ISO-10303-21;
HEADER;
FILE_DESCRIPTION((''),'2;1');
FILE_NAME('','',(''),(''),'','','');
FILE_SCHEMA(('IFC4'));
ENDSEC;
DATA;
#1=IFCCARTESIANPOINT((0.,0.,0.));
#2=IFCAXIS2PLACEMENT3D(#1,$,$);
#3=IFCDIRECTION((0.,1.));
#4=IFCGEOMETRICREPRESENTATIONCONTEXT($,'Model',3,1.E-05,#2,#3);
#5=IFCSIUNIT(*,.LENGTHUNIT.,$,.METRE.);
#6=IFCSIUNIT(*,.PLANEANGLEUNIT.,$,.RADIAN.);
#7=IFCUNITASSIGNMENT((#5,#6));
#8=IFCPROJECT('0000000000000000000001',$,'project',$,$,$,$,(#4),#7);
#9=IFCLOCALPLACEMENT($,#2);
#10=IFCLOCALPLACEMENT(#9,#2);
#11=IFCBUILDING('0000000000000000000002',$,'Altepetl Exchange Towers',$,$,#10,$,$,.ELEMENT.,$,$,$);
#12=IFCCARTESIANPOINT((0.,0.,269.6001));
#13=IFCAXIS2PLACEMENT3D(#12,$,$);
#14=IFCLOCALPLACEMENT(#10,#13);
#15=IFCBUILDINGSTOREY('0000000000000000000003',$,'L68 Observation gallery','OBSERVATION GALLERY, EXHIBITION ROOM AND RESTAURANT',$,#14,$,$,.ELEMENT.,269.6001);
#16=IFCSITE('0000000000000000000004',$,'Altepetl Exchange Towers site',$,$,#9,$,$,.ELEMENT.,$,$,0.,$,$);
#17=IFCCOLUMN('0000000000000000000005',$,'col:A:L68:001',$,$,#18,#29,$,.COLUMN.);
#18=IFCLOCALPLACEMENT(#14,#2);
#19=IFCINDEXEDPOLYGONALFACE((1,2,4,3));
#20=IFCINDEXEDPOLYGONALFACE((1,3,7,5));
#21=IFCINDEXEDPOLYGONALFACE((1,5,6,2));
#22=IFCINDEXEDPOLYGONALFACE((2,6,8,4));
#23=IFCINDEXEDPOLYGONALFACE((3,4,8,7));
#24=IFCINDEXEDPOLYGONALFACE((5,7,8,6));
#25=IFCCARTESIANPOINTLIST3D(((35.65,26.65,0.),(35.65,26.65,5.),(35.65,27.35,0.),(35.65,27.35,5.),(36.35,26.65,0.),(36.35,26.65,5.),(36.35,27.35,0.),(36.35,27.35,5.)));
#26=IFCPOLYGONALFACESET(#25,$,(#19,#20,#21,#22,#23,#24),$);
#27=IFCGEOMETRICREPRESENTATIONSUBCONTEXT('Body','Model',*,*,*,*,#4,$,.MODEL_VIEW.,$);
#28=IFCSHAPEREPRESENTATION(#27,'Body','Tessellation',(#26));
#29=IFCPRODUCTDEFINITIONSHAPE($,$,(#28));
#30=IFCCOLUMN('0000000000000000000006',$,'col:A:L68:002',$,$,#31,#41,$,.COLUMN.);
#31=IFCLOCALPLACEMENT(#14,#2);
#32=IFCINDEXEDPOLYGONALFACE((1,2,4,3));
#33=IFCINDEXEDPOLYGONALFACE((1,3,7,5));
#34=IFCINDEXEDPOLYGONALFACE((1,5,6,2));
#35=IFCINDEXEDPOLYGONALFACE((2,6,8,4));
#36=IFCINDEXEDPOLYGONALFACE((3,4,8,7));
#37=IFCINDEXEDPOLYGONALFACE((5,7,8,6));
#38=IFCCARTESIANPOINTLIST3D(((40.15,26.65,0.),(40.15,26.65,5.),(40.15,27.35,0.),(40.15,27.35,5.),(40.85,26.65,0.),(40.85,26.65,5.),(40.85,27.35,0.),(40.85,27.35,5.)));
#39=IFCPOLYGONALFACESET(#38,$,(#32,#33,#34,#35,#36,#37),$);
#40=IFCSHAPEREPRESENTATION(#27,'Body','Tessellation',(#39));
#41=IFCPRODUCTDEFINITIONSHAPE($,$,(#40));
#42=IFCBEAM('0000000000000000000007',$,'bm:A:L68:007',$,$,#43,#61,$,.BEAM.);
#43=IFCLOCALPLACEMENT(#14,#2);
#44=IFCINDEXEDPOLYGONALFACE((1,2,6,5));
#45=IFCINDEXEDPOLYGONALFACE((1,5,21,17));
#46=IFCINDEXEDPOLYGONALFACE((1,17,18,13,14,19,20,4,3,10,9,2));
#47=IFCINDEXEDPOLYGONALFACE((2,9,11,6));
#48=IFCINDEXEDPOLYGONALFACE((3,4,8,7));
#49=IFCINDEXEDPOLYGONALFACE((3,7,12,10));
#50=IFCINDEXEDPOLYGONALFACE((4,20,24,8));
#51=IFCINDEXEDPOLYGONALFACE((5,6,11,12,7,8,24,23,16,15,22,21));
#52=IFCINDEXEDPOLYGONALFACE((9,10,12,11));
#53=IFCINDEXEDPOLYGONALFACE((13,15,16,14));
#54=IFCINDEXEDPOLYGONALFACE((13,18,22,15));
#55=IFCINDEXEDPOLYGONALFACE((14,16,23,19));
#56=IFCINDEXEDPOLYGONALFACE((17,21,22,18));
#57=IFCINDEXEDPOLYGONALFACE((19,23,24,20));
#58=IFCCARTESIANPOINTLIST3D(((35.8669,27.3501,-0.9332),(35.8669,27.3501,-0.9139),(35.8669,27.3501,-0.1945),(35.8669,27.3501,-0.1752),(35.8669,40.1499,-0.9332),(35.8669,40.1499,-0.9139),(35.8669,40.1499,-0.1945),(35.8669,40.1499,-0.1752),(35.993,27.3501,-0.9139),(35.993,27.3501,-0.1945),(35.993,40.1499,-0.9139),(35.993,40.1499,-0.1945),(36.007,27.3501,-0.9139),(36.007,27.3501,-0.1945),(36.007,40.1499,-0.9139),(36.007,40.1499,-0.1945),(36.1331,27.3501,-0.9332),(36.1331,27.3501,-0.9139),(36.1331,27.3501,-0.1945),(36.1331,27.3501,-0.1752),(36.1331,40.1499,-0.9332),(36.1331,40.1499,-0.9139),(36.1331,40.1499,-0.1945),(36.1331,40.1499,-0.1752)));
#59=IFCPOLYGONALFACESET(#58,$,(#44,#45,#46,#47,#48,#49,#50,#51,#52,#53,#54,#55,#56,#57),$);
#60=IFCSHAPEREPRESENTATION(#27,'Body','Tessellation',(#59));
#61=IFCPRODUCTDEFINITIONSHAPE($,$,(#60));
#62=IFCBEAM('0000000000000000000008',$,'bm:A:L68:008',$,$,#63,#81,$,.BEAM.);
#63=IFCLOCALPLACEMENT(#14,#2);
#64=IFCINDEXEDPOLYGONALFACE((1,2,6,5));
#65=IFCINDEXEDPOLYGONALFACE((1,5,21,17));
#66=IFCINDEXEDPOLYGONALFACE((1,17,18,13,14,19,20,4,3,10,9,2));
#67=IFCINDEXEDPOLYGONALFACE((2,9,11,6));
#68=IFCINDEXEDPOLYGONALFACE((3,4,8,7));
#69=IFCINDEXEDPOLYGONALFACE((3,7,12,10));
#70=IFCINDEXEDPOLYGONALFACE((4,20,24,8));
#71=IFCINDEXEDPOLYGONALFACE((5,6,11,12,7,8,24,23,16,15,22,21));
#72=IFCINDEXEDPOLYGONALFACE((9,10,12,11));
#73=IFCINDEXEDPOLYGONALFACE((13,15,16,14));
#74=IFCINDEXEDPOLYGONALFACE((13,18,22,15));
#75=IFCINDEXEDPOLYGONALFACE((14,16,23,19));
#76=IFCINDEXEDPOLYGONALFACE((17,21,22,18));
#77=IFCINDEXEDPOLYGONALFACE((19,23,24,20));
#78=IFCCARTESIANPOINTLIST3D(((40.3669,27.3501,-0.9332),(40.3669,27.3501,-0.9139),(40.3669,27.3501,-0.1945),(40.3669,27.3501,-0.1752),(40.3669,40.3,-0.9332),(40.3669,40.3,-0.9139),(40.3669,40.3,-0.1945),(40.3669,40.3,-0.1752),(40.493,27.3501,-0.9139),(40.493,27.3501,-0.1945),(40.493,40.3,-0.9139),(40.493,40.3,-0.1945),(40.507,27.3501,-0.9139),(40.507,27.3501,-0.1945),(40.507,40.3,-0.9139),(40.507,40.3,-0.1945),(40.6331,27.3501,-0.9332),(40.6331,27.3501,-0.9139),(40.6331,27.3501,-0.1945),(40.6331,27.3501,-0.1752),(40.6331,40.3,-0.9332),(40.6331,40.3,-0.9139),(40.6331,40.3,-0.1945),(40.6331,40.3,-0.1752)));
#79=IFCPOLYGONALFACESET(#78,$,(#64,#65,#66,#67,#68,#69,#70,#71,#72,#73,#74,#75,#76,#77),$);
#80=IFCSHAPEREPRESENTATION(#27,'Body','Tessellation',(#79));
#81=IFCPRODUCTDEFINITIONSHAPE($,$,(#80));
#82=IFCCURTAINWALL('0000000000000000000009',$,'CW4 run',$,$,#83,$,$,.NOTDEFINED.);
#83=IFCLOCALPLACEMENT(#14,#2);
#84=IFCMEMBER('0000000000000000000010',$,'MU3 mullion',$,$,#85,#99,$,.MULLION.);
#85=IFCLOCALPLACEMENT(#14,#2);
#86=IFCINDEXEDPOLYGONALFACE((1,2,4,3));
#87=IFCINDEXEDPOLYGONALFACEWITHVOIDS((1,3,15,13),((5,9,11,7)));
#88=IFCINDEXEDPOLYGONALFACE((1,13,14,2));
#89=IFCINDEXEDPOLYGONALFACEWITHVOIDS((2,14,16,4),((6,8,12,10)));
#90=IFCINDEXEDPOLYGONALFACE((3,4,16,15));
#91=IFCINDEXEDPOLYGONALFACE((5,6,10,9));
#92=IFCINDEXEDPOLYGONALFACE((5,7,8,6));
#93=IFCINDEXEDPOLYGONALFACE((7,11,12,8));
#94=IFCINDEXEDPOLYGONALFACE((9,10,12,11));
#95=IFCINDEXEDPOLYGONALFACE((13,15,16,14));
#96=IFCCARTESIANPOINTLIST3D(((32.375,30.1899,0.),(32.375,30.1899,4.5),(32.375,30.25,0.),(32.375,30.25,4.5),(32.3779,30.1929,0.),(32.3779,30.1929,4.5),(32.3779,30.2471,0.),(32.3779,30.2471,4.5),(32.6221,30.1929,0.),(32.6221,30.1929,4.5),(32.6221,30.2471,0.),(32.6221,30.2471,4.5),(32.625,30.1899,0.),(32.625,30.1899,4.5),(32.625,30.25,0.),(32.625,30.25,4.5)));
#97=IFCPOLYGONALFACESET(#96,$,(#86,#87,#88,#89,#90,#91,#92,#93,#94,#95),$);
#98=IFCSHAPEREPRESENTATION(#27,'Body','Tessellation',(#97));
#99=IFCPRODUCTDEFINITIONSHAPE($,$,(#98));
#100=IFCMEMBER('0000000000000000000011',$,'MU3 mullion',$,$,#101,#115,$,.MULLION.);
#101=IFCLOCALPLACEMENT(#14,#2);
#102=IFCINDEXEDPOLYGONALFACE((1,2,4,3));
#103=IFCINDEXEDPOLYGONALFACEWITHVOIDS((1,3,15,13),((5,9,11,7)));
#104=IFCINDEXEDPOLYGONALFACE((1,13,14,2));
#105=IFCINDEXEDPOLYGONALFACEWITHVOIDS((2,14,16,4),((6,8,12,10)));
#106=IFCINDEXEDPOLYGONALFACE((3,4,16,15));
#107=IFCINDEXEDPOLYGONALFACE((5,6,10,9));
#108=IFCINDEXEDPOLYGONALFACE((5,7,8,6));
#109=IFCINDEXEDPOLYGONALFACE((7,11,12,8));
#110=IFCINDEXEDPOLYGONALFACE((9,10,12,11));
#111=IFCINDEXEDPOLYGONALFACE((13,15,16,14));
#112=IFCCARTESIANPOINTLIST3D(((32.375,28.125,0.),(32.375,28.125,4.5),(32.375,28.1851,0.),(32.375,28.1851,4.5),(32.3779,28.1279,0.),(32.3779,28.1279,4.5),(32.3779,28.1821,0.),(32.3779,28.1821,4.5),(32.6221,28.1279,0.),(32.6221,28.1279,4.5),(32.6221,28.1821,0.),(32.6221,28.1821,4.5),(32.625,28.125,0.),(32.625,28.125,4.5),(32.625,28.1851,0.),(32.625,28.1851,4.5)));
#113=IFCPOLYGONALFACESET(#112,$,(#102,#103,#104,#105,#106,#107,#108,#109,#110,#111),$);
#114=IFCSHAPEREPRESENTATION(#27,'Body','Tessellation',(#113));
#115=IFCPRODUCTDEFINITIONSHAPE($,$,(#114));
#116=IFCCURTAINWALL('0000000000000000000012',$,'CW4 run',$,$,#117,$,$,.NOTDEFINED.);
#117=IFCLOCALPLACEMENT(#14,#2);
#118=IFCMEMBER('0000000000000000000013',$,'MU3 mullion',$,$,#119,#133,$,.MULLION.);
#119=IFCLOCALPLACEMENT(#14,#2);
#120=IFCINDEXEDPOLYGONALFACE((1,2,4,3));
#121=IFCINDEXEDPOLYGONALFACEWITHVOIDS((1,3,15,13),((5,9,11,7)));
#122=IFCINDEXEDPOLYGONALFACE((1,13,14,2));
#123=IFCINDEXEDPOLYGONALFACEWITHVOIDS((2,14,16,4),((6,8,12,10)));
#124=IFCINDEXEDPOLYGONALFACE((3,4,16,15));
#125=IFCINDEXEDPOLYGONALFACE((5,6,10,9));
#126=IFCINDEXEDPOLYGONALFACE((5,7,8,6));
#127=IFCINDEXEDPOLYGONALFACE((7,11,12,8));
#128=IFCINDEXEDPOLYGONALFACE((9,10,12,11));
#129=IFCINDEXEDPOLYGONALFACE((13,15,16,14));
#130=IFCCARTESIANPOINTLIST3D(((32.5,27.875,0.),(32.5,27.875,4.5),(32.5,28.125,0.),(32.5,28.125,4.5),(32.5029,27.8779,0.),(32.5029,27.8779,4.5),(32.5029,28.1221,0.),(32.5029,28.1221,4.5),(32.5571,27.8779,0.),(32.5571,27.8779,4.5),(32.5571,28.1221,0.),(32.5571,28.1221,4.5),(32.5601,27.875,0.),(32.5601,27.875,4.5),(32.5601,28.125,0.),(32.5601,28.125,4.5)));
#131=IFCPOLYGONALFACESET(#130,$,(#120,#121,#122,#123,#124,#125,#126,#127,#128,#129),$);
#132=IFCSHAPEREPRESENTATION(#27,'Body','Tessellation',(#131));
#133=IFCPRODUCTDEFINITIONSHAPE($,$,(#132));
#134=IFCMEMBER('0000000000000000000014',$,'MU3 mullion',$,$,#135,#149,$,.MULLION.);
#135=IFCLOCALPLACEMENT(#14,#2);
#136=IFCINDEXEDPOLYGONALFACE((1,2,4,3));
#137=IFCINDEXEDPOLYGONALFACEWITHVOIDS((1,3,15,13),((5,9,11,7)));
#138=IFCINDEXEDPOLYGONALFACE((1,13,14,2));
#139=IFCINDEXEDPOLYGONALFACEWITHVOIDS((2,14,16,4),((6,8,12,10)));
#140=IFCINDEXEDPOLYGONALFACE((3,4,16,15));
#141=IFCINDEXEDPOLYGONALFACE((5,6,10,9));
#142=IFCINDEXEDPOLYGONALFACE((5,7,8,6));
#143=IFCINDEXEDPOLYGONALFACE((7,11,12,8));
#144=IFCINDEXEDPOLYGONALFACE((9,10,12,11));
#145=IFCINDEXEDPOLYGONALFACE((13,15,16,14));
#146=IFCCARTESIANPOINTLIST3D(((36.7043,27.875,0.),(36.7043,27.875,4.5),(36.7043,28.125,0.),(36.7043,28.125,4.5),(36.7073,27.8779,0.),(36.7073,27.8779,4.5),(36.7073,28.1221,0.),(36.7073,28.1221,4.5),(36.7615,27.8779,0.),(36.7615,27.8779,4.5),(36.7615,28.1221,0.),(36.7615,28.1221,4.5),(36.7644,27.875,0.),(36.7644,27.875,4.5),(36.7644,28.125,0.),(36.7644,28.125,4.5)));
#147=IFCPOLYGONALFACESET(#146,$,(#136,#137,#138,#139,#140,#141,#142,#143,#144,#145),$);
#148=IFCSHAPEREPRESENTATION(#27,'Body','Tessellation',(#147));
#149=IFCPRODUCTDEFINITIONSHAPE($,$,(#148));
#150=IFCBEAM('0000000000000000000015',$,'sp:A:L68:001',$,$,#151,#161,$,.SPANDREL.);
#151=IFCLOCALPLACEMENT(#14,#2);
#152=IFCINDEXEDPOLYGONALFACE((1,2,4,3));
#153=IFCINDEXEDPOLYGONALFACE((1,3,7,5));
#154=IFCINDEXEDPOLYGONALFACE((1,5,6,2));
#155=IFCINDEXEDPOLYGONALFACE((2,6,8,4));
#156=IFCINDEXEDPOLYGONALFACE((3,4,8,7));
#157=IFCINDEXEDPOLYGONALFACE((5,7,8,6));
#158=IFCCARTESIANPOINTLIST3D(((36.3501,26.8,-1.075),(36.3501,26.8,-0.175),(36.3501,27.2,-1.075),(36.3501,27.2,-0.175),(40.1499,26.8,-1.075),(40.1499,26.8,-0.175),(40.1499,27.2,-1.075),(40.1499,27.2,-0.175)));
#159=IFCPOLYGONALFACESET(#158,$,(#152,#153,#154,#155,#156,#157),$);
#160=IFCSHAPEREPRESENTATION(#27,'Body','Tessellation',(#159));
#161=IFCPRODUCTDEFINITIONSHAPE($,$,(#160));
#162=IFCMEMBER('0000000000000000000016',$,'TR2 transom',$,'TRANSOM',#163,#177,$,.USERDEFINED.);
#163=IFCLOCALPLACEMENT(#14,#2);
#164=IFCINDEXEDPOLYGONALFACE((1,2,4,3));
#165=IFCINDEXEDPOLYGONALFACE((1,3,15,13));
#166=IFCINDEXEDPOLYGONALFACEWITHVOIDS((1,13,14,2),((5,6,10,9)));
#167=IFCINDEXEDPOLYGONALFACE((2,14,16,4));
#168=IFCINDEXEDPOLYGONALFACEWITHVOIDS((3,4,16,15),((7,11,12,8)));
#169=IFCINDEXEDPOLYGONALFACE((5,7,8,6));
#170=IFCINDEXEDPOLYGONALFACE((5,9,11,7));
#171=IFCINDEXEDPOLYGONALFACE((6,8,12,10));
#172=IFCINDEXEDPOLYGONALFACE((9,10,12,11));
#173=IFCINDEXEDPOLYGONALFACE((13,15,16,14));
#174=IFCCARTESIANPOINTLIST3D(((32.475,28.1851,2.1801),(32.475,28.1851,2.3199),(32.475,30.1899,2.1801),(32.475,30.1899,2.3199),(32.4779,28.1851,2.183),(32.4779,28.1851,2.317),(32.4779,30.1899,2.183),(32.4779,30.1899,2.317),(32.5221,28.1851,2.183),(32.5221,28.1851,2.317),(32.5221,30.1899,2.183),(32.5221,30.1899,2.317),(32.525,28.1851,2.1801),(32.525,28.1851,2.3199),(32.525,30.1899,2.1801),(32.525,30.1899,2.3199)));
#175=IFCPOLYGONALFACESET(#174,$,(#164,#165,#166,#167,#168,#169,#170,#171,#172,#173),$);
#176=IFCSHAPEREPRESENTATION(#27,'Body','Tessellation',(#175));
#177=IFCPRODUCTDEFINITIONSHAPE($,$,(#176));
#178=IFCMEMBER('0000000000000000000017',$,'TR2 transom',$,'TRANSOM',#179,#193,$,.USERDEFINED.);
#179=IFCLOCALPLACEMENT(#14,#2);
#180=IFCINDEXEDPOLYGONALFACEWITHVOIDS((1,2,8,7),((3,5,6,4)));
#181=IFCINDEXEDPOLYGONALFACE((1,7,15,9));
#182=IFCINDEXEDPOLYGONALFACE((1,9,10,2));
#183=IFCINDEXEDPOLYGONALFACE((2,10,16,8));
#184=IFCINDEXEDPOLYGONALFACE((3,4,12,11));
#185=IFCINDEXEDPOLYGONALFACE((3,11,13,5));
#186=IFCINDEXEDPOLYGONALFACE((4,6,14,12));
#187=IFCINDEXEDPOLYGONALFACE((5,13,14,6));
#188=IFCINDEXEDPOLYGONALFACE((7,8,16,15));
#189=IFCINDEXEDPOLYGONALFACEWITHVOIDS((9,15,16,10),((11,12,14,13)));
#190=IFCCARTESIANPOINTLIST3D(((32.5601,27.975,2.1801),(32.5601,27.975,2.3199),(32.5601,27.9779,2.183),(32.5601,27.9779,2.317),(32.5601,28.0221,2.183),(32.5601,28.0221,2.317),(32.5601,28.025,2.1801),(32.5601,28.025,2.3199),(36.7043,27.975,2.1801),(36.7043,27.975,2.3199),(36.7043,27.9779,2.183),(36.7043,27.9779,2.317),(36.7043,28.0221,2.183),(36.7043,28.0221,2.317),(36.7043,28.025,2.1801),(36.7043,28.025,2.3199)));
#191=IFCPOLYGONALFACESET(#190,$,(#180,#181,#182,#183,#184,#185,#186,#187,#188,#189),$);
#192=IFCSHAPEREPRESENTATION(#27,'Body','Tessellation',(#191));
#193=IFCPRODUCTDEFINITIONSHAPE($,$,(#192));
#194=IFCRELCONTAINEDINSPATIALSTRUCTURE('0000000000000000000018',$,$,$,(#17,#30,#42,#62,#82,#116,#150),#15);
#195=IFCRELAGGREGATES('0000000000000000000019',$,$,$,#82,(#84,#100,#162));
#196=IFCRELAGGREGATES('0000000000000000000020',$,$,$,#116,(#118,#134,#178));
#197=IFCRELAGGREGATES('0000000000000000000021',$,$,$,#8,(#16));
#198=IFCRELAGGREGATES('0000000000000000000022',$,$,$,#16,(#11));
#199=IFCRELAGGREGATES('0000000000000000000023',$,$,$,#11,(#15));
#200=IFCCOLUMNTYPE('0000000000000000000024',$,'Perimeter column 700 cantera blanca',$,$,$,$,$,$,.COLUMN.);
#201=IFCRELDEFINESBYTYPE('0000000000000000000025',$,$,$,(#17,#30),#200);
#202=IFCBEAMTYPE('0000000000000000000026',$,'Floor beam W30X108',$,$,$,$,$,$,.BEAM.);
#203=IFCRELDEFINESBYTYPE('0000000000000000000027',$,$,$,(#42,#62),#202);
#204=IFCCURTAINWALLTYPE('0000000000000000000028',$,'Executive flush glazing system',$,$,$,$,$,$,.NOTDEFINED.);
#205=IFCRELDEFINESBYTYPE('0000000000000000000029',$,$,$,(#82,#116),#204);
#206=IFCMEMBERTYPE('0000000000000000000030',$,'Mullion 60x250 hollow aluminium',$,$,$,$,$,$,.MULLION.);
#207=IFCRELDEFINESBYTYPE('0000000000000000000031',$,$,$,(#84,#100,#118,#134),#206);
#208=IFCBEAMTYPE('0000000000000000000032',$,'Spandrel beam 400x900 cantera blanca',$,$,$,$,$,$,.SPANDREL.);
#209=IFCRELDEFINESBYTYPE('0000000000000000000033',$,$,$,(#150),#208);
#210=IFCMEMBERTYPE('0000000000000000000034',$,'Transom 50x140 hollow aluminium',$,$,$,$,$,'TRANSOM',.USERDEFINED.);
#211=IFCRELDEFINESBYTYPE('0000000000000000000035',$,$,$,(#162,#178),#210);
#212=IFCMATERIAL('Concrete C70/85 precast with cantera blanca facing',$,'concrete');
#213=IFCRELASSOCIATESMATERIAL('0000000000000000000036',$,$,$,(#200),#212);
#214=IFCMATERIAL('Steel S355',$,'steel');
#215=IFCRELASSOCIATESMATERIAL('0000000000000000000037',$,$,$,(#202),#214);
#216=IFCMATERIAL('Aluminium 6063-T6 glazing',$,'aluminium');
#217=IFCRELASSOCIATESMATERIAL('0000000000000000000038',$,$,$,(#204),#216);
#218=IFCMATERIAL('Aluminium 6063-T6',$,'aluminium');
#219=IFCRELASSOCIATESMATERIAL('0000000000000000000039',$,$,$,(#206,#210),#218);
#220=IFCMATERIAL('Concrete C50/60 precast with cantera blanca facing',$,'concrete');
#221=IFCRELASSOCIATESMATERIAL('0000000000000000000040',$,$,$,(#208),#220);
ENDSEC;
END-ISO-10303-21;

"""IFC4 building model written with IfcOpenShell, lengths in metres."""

from ifc_helpers import new_model, si_unit, direction, frame, origin, origin_2d, place, context, subcontext, project, spatial, rectangle, hollow_rectangle, i_section, extrude, material, material_profile, profile_set, type_object, element, aggregate, save


model = new_model("IFC4")

# Units and contexts
model_context = context("Model", 3, precision=1e-05, world=origin(), true_north=direction((0.0, 1.0)))
body_context = subcontext(model_context, "Body", "Model", "MODEL_VIEW")
ifc_project = project(units=[si_unit("LENGTHUNIT", "METRE"), si_unit("PLANEANGLEUNIT", "RADIAN")], contexts=[model_context])

# Site, building, storey
site_placement = place(None, origin())
site = spatial("IfcSite", under=ifc_project, at=site_placement, Name="Altepetl Exchange Towers site", CompositionType="ELEMENT", RefElevation=0.0)
building_placement = place(site_placement, origin())
building = spatial("IfcBuilding", under=site, at=building_placement, Name="Altepetl Exchange Towers", CompositionType="ELEMENT")
storey_placement = place(building_placement, frame((0.0, 0.0, 269.6001)))
storey = spatial("IfcBuildingStorey", under=building, at=storey_placement, Name="L68 Observation gallery", Description="OBSERVATION GALLERY, EXHIBITION ROOM AND RESTAURANT", CompositionType="ELEMENT", Elevation=269.6001)

# Columns
ifc_material_1 = material(Name="Concrete C70/85 precast with cantera blanca facing", Category="concrete")
ifc_material_profile_1 = material_profile(ifc_material_1, rectangle(XDim=0.7, YDim=0.7, at=origin_2d()), Name="700 x 700")
ifc_profile_set_1 = profile_set([ifc_material_profile_1], Name="Concrete C70/85 precast with cantera blanca facing")
column_type = type_object("IfcColumnType", Name="Perimeter column 700 cantera blanca", PredefinedType="COLUMN", material=ifc_profile_set_1)
for number, where, name in (
    (1, (36.0, 27.0, 0.0), "col:A:L68:001"),
    (2, (40.5, 27.0, 0.0), "col:A:L68:002"),
):
    element("IfcColumn", number, at=place(storey_placement, frame(where)), inside=storey, type_object=column_type, Name=name, PredefinedType="COLUMN", context=body_context, shape_type="SweptSolid", body=[
        extrude(rectangle(XDim=0.7, YDim=0.7, at=origin_2d()), origin(), (0.0, 0.0, 1.0), 5.0),
    ])

# Beams
ifc_material_2 = material(Name="Steel S355", Category="steel")
ifc_material_profile_2 = material_profile(ifc_material_2, i_section(OverallWidth=0.2661, OverallDepth=0.7581, WebThickness=0.0139, FlangeThickness=0.0193, at=origin_2d()), Name="W30X108")
ifc_profile_set_2 = profile_set([ifc_material_profile_2], Name="Steel S355")
beam_type_1 = type_object("IfcBeamType", Name="Floor beam W30X108", PredefinedType="BEAM", material=ifc_profile_set_2)
beam_1_placement = place(storey_placement, frame((36.0, 27.3501, -0.5542), z_axis=(0.0, 1.0, 0.0), x_axis=(-1.0, 0.0, 0.0)))
element("IfcBeam", 3, at=beam_1_placement, inside=storey, type_object=beam_type_1, Name="bm:A:L68:007", PredefinedType="BEAM", context=body_context, shape_type="SweptSolid", body=[
    extrude(i_section(OverallWidth=0.2661, OverallDepth=0.7581, WebThickness=0.0139, FlangeThickness=0.0193, at=origin_2d()), origin(), (0.0, 0.0, 1.0), 12.7998),
])
beam_2_placement = place(storey_placement, frame((40.5, 27.3501, -0.5542), z_axis=(0.0, 1.0, 0.0), x_axis=(-1.0, 0.0, 0.0)))
element("IfcBeam", 4, at=beam_2_placement, inside=storey, type_object=beam_type_1, Name="bm:A:L68:008", PredefinedType="BEAM", context=body_context, shape_type="SweptSolid", body=[
    extrude(i_section(OverallWidth=0.2661, OverallDepth=0.7581, WebThickness=0.0139, FlangeThickness=0.0193, at=origin_2d()), origin(), (0.0, 0.0, 1.0), 12.95),
])

# Curtain walls, members
ifc_material_3 = material(Name="Aluminium 6063-T6 glazing", Category="aluminium")
curtain_wall_type = type_object("IfcCurtainWallType", Name="Executive flush glazing system", PredefinedType="NOTDEFINED", material=ifc_material_3)
curtain_wall_1_placement = place(storey_placement, origin())
curtain_wall_1 = element("IfcCurtainWall", 5, at=curtain_wall_1_placement, inside=storey, type_object=curtain_wall_type, Name="CW4 run", PredefinedType="NOTDEFINED")
ifc_material_4 = material(Name="Aluminium 6063-T6", Category="aluminium")
ifc_material_profile_3 = material_profile(ifc_material_4, hollow_rectangle(XDim=0.0601, YDim=0.25, WallThickness=0.0029, at=origin_2d()), Name="Mullion 60x250 hollow aluminium")
ifc_profile_set_3 = profile_set([ifc_material_profile_3], Name="Aluminium 6063-T6")
member_type_1 = type_object("IfcMemberType", Name="Mullion 60x250 hollow aluminium", PredefinedType="MULLION", material=ifc_profile_set_3)
member_1_placement = place(storey_placement, frame((32.5, 30.22, 0.0), z_axis=(0.0, 0.0, 1.0), x_axis=(0.0, -1.0, 0.0)))
member_1 = element("IfcMember", 6, at=member_1_placement, type_object=member_type_1, Name="MU3 mullion", PredefinedType="MULLION", context=body_context, shape_type="SweptSolid", body=[
    extrude(hollow_rectangle(XDim=0.0601, YDim=0.25, WallThickness=0.0029, at=origin_2d()), origin(), (0.0, 0.0, 1.0), 4.5),
])
member_2_placement = place(storey_placement, frame((32.5, 28.155, 0.0), z_axis=(0.0, 0.0, 1.0), x_axis=(0.0, -1.0, 0.0)))
member_2 = element("IfcMember", 7, at=member_2_placement, type_object=member_type_1, Name="MU3 mullion", PredefinedType="MULLION", context=body_context, shape_type="SweptSolid", body=[
    extrude(hollow_rectangle(XDim=0.0601, YDim=0.25, WallThickness=0.0029, at=origin_2d()), origin(), (0.0, 0.0, 1.0), 4.5),
])
curtain_wall_2_placement = place(storey_placement, origin())
curtain_wall_2 = element("IfcCurtainWall", 8, at=curtain_wall_2_placement, inside=storey, type_object=curtain_wall_type, Name="CW4 run", PredefinedType="NOTDEFINED")
member_3_placement = place(storey_placement, frame((32.53, 28.0, 0.0)))
member_3 = element("IfcMember", 9, at=member_3_placement, type_object=member_type_1, Name="MU3 mullion", PredefinedType="MULLION", context=body_context, shape_type="SweptSolid", body=[
    extrude(hollow_rectangle(XDim=0.0601, YDim=0.25, WallThickness=0.0029, at=origin_2d()), origin(), (0.0, 0.0, 1.0), 4.5),
])
member_4_placement = place(storey_placement, frame((36.7344, 28.0, 0.0)))
member_4 = element("IfcMember", 10, at=member_4_placement, type_object=member_type_1, Name="MU3 mullion", PredefinedType="MULLION", context=body_context, shape_type="SweptSolid", body=[
    extrude(hollow_rectangle(XDim=0.0601, YDim=0.25, WallThickness=0.0029, at=origin_2d()), origin(), (0.0, 0.0, 1.0), 4.5),
])

# Beam
ifc_material_5 = material(Name="Concrete C50/60 precast with cantera blanca facing", Category="concrete")
ifc_material_profile_4 = material_profile(ifc_material_5, rectangle(XDim=0.3999, YDim=0.8999, at=origin_2d()), Name="400 x 900")
ifc_profile_set_4 = profile_set([ifc_material_profile_4], Name="Concrete C50/60 precast with cantera blanca facing")
beam_type_2 = type_object("IfcBeamType", Name="Spandrel beam 400x900 cantera blanca", PredefinedType="SPANDREL", material=ifc_profile_set_4)
beam_3_placement = place(storey_placement, frame((36.3501, 27.0, -0.625), z_axis=(1.0, 0.0, 0.0), x_axis=(0.0, 1.0, 0.0)))
element("IfcBeam", 11, at=beam_3_placement, inside=storey, type_object=beam_type_2, Name="sp:A:L68:001", PredefinedType="SPANDREL", context=body_context, shape_type="SweptSolid", body=[
    extrude(rectangle(XDim=0.3999, YDim=0.8999, at=origin_2d()), origin(), (0.0, 0.0, 1.0), 3.7998),
])

# Members
ifc_material_profile_5 = material_profile(ifc_material_4, hollow_rectangle(XDim=0.05, YDim=0.1399, WallThickness=0.0029, at=origin_2d()), Name="Transom 50x140 hollow aluminium")
ifc_profile_set_5 = profile_set([ifc_material_profile_5], Name="Aluminium 6063-T6")
member_type_2 = type_object("IfcMemberType", Name="Transom 50x140 hollow aluminium", ElementType="TRANSOM", PredefinedType="USERDEFINED", material=ifc_profile_set_5)
member_5_placement = place(storey_placement, frame((32.5, 30.1899, 2.25), z_axis=(0.0, -1.0, 0.0), x_axis=(1.0, 0.0, 0.0)))
member_5 = element("IfcMember", 12, at=member_5_placement, type_object=member_type_2, Name="TR2 transom", ObjectType="TRANSOM", PredefinedType="USERDEFINED", context=body_context, shape_type="SweptSolid", body=[
    extrude(hollow_rectangle(XDim=0.05, YDim=0.1399, WallThickness=0.0029, at=origin_2d()), origin(), (0.0, 0.0, 1.0), 2.0049),
])
member_6_placement = place(storey_placement, frame((32.5601, 28.0, 2.25), z_axis=(1.0, 0.0, 0.0), x_axis=(0.0, 1.0, 0.0)))
member_6 = element("IfcMember", 13, at=member_6_placement, type_object=member_type_2, Name="TR2 transom", ObjectType="TRANSOM", PredefinedType="USERDEFINED", context=body_context, shape_type="SweptSolid", body=[
    extrude(hollow_rectangle(XDim=0.05, YDim=0.1399, WallThickness=0.0029, at=origin_2d()), origin(), (0.0, 0.0, 1.0), 4.1443),
])

aggregate(curtain_wall_1, [member_1, member_2, member_5])
aggregate(curtain_wall_2, [member_3, member_4, member_6])

save(model, "model.ifc")
